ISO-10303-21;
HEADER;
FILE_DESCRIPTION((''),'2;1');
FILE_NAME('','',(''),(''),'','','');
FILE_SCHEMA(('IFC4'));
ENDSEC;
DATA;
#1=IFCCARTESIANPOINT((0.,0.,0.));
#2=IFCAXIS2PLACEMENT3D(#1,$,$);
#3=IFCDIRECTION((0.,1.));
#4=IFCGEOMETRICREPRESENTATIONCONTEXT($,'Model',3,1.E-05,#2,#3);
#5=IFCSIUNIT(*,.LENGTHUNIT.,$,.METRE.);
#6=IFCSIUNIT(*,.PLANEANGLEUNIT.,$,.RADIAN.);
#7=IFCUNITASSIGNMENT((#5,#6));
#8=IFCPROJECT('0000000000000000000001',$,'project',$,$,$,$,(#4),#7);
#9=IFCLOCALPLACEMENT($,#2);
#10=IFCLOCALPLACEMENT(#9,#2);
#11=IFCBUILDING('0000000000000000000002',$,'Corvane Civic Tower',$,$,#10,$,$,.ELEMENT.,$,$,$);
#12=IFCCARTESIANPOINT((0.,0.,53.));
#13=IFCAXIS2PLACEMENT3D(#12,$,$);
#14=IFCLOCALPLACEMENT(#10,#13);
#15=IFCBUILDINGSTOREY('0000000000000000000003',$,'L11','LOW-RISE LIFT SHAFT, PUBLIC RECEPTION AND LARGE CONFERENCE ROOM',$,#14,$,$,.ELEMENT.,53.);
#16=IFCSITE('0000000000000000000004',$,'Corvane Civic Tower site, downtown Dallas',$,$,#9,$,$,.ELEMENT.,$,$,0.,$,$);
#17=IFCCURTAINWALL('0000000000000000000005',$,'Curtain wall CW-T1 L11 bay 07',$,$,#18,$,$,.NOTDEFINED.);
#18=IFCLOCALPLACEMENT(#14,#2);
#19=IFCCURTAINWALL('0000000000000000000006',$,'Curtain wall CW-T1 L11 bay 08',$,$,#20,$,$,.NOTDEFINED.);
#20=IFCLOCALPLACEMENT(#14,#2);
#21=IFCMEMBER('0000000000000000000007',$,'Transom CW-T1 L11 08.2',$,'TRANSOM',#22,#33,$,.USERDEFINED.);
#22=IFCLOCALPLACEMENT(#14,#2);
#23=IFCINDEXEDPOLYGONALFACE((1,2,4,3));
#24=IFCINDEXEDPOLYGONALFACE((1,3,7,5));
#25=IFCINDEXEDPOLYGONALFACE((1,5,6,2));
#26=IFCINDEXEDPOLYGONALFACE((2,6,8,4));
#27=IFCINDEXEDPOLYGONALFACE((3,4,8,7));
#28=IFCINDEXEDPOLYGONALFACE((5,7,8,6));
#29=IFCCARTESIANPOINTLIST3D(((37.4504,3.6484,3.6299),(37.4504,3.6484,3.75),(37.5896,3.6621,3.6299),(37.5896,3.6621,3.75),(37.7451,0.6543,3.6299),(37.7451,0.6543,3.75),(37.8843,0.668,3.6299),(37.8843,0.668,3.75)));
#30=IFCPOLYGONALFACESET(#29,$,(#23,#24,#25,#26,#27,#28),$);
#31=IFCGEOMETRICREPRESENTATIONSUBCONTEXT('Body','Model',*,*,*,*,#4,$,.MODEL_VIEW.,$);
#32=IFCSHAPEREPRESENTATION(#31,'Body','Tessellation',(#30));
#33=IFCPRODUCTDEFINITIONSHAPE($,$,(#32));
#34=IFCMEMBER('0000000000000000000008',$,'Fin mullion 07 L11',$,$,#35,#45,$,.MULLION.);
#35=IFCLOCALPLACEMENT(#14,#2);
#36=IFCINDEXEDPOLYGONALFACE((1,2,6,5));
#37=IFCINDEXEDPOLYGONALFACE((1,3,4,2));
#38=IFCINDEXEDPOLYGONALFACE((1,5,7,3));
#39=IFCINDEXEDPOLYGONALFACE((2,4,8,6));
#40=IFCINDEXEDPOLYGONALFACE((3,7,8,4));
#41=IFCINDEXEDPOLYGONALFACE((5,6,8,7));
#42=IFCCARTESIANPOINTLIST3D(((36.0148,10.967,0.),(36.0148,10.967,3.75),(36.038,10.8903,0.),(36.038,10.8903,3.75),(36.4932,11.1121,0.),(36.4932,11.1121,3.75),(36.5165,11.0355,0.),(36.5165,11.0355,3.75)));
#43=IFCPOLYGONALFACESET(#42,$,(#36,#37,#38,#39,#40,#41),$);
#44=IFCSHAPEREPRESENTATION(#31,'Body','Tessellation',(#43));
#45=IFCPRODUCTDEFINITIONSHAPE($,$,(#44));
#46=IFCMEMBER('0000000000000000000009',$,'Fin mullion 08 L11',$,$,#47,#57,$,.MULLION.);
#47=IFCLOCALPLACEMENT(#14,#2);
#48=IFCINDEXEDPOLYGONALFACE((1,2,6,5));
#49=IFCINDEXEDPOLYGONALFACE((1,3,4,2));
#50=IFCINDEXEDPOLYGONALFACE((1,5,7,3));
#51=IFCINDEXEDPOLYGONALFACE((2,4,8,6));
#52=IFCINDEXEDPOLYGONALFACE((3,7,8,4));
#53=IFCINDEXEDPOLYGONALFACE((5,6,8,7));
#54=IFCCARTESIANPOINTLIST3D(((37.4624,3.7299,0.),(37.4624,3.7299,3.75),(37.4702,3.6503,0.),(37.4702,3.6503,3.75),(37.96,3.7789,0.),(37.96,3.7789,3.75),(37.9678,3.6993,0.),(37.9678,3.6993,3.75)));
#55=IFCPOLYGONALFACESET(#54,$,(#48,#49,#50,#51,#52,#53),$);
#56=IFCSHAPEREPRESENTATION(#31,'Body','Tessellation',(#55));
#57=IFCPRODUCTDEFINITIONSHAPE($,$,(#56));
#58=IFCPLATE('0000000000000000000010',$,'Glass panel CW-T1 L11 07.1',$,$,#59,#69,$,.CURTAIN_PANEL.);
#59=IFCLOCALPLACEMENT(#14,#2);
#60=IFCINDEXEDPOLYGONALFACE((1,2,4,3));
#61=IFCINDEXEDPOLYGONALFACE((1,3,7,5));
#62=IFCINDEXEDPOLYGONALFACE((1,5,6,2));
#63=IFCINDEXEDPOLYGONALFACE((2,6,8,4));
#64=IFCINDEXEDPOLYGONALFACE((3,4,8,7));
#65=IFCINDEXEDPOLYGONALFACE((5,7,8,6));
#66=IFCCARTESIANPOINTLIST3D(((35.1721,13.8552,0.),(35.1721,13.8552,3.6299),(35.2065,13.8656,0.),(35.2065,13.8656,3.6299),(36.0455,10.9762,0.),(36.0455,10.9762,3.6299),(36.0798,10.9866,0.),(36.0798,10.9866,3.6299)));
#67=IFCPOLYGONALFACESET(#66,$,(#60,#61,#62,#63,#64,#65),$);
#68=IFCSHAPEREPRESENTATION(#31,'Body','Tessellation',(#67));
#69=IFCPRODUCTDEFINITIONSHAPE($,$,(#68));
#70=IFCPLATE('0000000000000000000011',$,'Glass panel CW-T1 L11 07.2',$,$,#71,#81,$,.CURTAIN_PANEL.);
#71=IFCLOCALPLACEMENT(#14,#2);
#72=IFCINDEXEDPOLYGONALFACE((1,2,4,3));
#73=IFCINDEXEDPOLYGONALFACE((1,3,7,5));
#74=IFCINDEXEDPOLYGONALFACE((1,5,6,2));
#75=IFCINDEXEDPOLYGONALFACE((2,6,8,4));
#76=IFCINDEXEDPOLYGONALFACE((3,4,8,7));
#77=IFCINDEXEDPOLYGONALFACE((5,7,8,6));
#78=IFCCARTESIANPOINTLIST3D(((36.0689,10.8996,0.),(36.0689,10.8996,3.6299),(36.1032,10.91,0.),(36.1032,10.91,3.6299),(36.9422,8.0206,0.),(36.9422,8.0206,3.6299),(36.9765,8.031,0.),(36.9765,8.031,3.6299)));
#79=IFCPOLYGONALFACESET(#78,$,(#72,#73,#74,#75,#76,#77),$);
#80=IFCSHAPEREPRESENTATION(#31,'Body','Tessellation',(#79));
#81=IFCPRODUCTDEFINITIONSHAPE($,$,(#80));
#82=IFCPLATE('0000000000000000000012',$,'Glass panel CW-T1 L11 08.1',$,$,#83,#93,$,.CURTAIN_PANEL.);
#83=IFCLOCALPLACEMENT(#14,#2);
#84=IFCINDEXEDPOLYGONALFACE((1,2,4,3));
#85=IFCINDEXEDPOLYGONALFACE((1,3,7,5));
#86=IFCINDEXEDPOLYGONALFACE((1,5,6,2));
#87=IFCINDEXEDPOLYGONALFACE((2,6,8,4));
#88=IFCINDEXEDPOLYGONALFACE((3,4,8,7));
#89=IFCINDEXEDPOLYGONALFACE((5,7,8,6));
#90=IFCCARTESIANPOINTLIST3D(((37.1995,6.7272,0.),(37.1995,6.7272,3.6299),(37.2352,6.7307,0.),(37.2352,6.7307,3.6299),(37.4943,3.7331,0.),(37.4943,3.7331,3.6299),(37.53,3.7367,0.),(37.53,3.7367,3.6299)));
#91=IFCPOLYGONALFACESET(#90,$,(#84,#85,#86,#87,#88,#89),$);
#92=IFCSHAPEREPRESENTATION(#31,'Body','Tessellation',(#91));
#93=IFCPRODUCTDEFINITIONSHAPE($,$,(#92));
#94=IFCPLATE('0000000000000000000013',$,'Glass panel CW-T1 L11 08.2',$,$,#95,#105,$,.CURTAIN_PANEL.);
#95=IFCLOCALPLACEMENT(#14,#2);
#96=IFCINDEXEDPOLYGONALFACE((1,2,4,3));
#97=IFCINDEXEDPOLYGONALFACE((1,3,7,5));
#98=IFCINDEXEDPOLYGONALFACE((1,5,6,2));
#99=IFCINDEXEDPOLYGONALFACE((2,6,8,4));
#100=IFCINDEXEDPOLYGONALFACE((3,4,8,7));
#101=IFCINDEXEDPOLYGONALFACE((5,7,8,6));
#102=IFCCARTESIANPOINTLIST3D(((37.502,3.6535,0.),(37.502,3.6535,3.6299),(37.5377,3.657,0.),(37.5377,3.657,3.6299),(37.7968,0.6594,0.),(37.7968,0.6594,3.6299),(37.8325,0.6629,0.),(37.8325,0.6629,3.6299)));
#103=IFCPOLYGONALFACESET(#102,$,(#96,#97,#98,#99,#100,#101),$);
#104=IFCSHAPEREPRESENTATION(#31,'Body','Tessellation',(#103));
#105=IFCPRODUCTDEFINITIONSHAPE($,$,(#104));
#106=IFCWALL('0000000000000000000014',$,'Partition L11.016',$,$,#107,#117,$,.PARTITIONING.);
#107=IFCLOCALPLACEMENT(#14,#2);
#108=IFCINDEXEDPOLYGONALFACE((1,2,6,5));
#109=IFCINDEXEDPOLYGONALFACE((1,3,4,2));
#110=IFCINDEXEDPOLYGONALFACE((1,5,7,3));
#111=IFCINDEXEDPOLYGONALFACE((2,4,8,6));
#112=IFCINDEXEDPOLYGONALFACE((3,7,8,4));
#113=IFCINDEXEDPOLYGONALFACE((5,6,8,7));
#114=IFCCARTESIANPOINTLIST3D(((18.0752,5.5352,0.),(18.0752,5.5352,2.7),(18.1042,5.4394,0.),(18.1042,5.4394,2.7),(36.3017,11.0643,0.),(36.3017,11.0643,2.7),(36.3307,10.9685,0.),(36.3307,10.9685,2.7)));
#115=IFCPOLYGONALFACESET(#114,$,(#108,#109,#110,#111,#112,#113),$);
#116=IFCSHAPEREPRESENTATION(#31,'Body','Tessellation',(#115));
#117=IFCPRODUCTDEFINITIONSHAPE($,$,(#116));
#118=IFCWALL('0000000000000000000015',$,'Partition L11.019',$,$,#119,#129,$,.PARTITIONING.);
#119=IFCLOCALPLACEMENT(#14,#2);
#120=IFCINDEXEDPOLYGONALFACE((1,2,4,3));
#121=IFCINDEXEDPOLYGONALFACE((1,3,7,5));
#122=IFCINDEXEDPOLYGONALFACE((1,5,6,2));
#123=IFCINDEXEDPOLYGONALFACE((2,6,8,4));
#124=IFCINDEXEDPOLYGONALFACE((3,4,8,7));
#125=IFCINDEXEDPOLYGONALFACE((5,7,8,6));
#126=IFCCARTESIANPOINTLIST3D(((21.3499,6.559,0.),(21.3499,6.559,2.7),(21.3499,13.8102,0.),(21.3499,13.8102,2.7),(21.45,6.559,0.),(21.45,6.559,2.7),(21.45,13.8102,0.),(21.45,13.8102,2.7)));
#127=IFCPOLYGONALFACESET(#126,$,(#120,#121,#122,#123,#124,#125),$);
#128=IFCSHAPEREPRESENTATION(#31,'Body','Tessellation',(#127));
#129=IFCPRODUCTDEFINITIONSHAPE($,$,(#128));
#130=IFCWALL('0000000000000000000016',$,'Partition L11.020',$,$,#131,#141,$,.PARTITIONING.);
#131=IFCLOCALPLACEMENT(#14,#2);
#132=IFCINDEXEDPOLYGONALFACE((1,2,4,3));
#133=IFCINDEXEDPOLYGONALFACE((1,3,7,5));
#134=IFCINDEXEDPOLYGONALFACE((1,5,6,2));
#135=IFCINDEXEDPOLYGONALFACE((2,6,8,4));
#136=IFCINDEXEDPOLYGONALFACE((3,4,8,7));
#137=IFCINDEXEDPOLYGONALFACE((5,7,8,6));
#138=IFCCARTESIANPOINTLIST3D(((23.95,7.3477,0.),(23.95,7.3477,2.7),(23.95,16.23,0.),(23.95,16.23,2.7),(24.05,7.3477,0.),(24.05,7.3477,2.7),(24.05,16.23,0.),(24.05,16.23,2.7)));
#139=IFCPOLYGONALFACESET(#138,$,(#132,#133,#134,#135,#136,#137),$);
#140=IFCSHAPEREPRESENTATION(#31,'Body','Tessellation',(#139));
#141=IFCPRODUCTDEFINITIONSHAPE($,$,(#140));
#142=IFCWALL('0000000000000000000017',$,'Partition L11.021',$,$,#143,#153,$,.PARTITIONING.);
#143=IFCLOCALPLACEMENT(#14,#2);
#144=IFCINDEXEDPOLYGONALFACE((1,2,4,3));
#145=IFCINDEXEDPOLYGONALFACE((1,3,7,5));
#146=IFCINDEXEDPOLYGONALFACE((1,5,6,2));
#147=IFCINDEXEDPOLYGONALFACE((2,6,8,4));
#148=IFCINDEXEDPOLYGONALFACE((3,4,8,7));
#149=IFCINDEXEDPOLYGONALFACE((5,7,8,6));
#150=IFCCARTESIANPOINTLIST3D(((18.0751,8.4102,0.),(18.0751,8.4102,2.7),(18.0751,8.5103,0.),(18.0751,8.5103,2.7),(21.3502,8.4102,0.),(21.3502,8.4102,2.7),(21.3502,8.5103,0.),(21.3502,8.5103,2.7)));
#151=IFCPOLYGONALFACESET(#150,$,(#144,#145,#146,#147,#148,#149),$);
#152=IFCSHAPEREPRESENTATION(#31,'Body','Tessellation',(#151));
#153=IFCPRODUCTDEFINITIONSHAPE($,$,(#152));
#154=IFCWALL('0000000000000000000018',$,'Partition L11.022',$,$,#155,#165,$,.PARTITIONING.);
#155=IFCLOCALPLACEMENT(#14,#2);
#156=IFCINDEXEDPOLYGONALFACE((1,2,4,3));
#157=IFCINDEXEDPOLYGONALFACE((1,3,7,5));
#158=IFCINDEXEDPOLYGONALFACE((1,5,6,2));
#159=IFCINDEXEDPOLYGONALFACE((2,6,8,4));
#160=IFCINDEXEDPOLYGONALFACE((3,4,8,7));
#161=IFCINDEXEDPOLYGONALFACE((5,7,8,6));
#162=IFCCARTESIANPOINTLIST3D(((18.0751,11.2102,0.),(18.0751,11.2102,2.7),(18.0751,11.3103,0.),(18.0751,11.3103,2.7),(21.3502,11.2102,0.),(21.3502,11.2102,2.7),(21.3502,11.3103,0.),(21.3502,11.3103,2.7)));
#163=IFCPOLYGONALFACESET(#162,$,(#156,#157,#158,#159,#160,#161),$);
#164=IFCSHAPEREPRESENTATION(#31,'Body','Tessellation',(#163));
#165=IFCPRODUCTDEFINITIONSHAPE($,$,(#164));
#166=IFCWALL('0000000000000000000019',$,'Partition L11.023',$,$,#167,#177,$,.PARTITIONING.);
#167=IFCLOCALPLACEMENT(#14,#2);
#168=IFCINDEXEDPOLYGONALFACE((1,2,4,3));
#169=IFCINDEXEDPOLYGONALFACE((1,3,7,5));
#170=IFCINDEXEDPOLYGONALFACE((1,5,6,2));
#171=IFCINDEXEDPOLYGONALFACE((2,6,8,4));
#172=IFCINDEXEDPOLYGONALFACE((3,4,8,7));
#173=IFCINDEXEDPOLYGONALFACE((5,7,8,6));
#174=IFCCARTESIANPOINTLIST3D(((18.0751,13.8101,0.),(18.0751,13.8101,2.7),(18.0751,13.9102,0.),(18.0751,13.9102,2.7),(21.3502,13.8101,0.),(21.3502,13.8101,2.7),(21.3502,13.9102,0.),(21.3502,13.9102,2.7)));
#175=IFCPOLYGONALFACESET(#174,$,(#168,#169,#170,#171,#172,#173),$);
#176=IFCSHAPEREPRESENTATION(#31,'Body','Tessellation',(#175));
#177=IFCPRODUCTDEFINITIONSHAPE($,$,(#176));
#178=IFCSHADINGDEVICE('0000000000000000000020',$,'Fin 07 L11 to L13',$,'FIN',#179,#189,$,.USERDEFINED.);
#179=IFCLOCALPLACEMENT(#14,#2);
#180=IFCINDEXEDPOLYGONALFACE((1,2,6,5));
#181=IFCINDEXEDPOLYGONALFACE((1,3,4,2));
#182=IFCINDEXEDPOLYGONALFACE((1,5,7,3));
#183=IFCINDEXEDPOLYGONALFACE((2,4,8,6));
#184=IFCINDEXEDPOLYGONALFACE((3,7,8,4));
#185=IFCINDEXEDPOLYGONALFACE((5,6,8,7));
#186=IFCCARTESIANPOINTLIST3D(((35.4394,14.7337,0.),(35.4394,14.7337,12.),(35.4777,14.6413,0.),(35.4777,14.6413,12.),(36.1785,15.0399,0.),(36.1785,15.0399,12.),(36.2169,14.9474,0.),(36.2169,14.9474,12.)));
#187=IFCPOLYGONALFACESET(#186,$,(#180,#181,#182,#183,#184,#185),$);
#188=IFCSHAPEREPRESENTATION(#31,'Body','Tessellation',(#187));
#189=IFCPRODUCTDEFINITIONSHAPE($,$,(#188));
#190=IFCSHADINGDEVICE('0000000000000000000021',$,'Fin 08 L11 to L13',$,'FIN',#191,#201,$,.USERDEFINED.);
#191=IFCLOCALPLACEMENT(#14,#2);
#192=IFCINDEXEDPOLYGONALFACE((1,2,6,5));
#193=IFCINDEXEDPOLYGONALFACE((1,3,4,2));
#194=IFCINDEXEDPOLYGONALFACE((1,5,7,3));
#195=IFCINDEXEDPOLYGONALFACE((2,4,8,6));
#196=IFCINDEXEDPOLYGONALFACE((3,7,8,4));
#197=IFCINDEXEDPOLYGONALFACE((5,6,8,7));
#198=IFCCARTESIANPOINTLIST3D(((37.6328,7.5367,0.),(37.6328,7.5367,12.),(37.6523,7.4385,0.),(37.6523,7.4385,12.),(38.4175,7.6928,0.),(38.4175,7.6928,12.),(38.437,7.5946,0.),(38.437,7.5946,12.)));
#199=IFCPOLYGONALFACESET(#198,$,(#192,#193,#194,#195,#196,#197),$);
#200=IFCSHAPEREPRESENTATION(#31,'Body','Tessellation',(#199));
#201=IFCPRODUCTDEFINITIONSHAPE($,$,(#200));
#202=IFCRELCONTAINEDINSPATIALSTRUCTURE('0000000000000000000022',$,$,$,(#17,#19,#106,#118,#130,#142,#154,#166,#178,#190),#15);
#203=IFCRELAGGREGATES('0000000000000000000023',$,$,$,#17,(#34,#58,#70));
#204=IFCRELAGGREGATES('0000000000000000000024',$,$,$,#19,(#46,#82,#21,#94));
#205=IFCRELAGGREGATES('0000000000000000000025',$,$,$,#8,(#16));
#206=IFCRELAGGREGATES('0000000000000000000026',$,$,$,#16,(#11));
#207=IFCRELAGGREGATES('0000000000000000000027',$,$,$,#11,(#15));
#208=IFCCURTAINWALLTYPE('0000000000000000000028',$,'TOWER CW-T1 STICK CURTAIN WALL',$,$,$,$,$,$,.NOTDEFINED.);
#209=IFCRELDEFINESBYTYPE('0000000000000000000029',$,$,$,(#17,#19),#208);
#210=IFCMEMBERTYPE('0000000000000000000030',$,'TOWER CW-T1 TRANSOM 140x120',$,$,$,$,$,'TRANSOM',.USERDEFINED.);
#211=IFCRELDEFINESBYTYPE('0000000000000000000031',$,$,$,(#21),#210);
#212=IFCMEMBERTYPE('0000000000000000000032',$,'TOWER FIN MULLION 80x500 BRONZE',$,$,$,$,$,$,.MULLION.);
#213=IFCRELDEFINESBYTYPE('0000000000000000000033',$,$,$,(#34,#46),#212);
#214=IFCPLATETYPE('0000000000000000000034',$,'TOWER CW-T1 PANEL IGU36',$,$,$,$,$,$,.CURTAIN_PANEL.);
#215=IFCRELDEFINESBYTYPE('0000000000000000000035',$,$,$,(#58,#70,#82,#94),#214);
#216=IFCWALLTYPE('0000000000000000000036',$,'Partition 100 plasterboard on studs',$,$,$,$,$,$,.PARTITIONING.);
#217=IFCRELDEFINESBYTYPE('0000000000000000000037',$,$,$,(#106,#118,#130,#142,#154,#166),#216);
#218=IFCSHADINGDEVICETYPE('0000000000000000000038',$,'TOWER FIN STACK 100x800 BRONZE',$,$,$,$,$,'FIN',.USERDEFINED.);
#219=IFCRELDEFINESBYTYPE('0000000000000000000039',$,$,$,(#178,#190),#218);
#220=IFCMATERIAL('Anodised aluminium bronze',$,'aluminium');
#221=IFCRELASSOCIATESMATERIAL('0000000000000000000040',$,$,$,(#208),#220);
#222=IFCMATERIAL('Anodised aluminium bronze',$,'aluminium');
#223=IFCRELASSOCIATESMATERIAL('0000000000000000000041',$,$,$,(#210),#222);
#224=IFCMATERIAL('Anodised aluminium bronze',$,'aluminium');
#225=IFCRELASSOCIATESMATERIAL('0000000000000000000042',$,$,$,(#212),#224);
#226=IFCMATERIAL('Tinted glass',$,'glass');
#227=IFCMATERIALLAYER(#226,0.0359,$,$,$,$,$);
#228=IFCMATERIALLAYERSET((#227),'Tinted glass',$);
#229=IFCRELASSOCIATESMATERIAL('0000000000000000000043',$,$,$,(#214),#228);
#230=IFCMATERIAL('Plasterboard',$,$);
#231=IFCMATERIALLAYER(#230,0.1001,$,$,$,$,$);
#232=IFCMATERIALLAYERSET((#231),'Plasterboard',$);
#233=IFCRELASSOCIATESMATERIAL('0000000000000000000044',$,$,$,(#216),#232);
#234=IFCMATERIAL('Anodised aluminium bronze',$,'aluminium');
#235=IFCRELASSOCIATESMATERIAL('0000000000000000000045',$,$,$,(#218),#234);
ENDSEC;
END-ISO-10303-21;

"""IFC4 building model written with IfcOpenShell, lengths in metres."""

from ifc_helpers import new_model, si_unit, direction, frame, frame_2d, origin, origin_2d, place, context, subcontext, project, spatial, rectangle, extrude, material, layer, layer_set, material_profile, profile_set, type_object, element, aggregate, save


model = new_model("IFC4")

# Units and contexts
model_context = context("Model", 3, precision=1e-05, world=origin(), true_north=direction((0.0, 1.0)))
body_context = subcontext(model_context, "Body", "Model", "MODEL_VIEW")
ifc_project = project(units=[si_unit("LENGTHUNIT", "METRE"), si_unit("PLANEANGLEUNIT", "RADIAN")], contexts=[model_context])

# Site, building, storey
site_placement = place(None, origin())
site = spatial("IfcSite", under=ifc_project, at=site_placement, Name="Corvane Civic Tower site, downtown Dallas", CompositionType="ELEMENT", RefElevation=0.0)
building_placement = place(site_placement, origin())
building = spatial("IfcBuilding", under=site, at=building_placement, Name="Corvane Civic Tower", CompositionType="ELEMENT")
storey_placement = place(building_placement, frame((0.0, 0.0, 53.0)))
storey = spatial("IfcBuildingStorey", under=building, at=storey_placement, Name="L11", Description="LOW-RISE LIFT SHAFT, PUBLIC RECEPTION AND LARGE CONFERENCE ROOM", CompositionType="ELEMENT", Elevation=53.0)

# Curtain walls, member
ifc_material_1 = material(Name="Anodised aluminium bronze", Category="aluminium")
curtain_wall_type = type_object("IfcCurtainWallType", Name="TOWER CW-T1 STICK CURTAIN WALL", PredefinedType="NOTDEFINED", material=ifc_material_1)
curtain_wall_1_placement = place(storey_placement, origin())
curtain_wall_1 = element("IfcCurtainWall", 1, at=curtain_wall_1_placement, inside=storey, type_object=curtain_wall_type, Name="Curtain wall CW-T1 L11 bay 07", PredefinedType="NOTDEFINED")
ifc_material_2 = material(Name="Anodised aluminium bronze", Category="aluminium")
ifc_material_profile_1 = material_profile(ifc_material_2, rectangle(XDim=0.1399, YDim=0.1201, at=origin_2d()), Name="TOWER CW-T1 TRANSOM 140x120")
ifc_profile_set_1 = profile_set([ifc_material_profile_1], Name="Anodised aluminium bronze")
member_type_1 = type_object("IfcMemberType", Name="TOWER CW-T1 TRANSOM 140x120", ElementType="TRANSOM", PredefinedType="USERDEFINED", material=ifc_profile_set_1)
curtain_wall_2_placement = place(storey_placement, origin())
curtain_wall_2 = element("IfcCurtainWall", 2, at=curtain_wall_2_placement, inside=storey, type_object=curtain_wall_type, Name="Curtain wall CW-T1 L11 bay 08", PredefinedType="NOTDEFINED")
member_1_placement = place(storey_placement, frame((37.52, 3.6553, 3.6899), z_axis=(0.097945, -0.995192, 0.0), x_axis=(0.995192, 0.097945, 0.0)))
member_1 = element("IfcMember", 3, at=member_1_placement, type_object=member_type_1, Name="Transom CW-T1 L11 08.2", ObjectType="TRANSOM", PredefinedType="USERDEFINED", context=body_context, shape_type="SweptSolid", body=[
    extrude(rectangle(XDim=0.1399, YDim=0.1201, at=origin_2d()), origin(), (0.0, 0.0, 1.0), 3.0085),
])

# Members
ifc_material_3 = material(Name="Anodised aluminium bronze", Category="aluminium")
ifc_material_profile_2 = material_profile(ifc_material_3, rectangle(XDim=0.0801, YDim=0.5, at=origin_2d()), Name="TOWER FIN MULLION 80x500 BRONZE")
ifc_profile_set_2 = profile_set([ifc_material_profile_2], Name="Anodised aluminium bronze")
member_type_2 = type_object("IfcMemberType", Name="TOWER FIN MULLION 80x500 BRONZE", PredefinedType="MULLION", material=ifc_profile_set_2)
member_2_placement = place(storey_placement, frame((36.2656, 11.0012, 0.0), z_axis=(0.0, 0.0, 1.0), x_axis=(0.290278, -0.956942, 0.0)))
member_2 = element("IfcMember", 4, at=member_2_placement, type_object=member_type_2, Name="Fin mullion 07 L11", PredefinedType="MULLION", context=body_context, shape_type="SweptSolid", body=[
    extrude(rectangle(XDim=0.0801, YDim=0.5, at=origin_2d()), origin(), (0.0, 0.0, 1.0), 3.75),
])
member_3_placement = place(storey_placement, frame((37.7151, 3.7146, 0.0), z_axis=(0.0, 0.0, 1.0), x_axis=(0.098006, -0.995186, 0.0)))
member_3 = element("IfcMember", 5, at=member_3_placement, type_object=member_type_2, Name="Fin mullion 08 L11", PredefinedType="MULLION", context=body_context, shape_type="SweptSolid", body=[
    extrude(rectangle(XDim=0.0801, YDim=0.5, at=origin_2d()), origin(), (0.0, 0.0, 1.0), 3.75),
])

# Plates
ifc_material_4 = material(Name="Tinted glass", Category="glass")
ifc_layer_1 = layer(ifc_material_4, 0.0359)
ifc_layer_set_1 = layer_set([ifc_layer_1], Name="Tinted glass")
plate_type = type_object("IfcPlateType", Name="TOWER CW-T1 PANEL IGU36", PredefinedType="CURTAIN_PANEL", material=ifc_layer_set_1)
plate_1_placement = place(storey_placement, frame((35.626, 12.4209, 0.0), z_axis=(0.0, 0.0, 1.0), x_axis=(0.290278, -0.956942, 0.0)))
plate_1 = element("IfcPlate", 6, at=plate_1_placement, type_object=plate_type, Name="Glass panel CW-T1 L11 07.1", PredefinedType="CURTAIN_PANEL", context=body_context, shape_type="SweptSolid", body=[
    extrude(rectangle(XDim=3.0085, YDim=0.0359, at=origin_2d()), origin(), (0.0, 0.0, 1.0), 3.6299),
])
plate_2_placement = place(storey_placement, frame((36.5227, 9.4653, 0.0), z_axis=(0.0, 0.0, 1.0), x_axis=(0.290278, -0.956942, 0.0)))
plate_2 = element("IfcPlate", 7, at=plate_2_placement, type_object=plate_type, Name="Glass panel CW-T1 L11 07.2", PredefinedType="CURTAIN_PANEL", context=body_context, shape_type="SweptSolid", body=[
    extrude(rectangle(XDim=3.0085, YDim=0.0359, at=origin_2d()), origin(), (0.0, 0.0, 1.0), 3.6299),
])
aggregate(curtain_wall_1, [member_2, plate_1, plate_2])
plate_3_placement = place(storey_placement, frame((37.3647, 5.2319, 0.0), z_axis=(0.0, 0.0, 1.0), x_axis=(0.098006, -0.995186, 0.0)))
plate_3 = element("IfcPlate", 8, at=plate_3_placement, type_object=plate_type, Name="Glass panel CW-T1 L11 08.1", PredefinedType="CURTAIN_PANEL", context=body_context, shape_type="SweptSolid", body=[
    extrude(rectangle(XDim=3.0085, YDim=0.0359, at=origin_2d()), origin(), (0.0, 0.0, 1.0), 3.6299),
])
plate_4_placement = place(storey_placement, frame((37.6672, 2.1582, 0.0), z_axis=(0.0, 0.0, 1.0), x_axis=(0.098006, -0.995186, 0.0)))
plate_4 = element("IfcPlate", 9, at=plate_4_placement, type_object=plate_type, Name="Glass panel CW-T1 L11 08.2", PredefinedType="CURTAIN_PANEL", context=body_context, shape_type="SweptSolid", body=[
    extrude(rectangle(XDim=3.0085, YDim=0.0359, at=origin_2d()), origin(), (0.0, 0.0, 1.0), 3.6299),
])
aggregate(curtain_wall_2, [member_3, plate_3, member_1, plate_4])

# Walls
ifc_material_5 = material(Name="Plasterboard")
ifc_layer_2 = layer(ifc_material_5, 0.1001)
ifc_layer_set_2 = layer_set([ifc_layer_2], Name="Plasterboard")
wall_type = type_object("IfcWallType", Name="Partition 100 plasterboard on studs", PredefinedType="PARTITIONING", material=ifc_layer_set_2)
wall_1_placement = place(storey_placement, frame((18.0896, 5.4873, 0.0), z_axis=(0.0, 0.0, 1.0), x_axis=(0.956939, 0.290289, 0.0)))
element("IfcWall", 10, at=wall_1_placement, inside=storey, type_object=wall_type, Name="Partition L11.016", PredefinedType="PARTITIONING", context=body_context, shape_type="SweptSolid", body=[
    extrude(rectangle(XDim=19.0466, YDim=0.1001, at=frame_2d((9.5234, 0.0))), origin(), (0.0, 0.0, 1.0), 2.7),
])
wall_2_placement = place(storey_placement, frame((21.3999, 6.5591, 0.0), z_axis=(0.0, 0.0, 1.0), x_axis=(0.0, 1.0, 0.0)))
element("IfcWall", 11, at=wall_2_placement, inside=storey, type_object=wall_type, Name="Partition L11.019", PredefinedType="PARTITIONING", context=body_context, shape_type="SweptSolid", body=[
    extrude(rectangle(XDim=7.2512, YDim=0.1001, at=frame_2d((3.6255, 0.0))), origin(), (0.0, 0.0, 1.0), 2.7),
])
wall_3_placement = place(storey_placement, frame((24.0, 7.3477, 0.0), z_axis=(0.0, 0.0, 1.0), x_axis=(0.0, 1.0, 0.0)))
element("IfcWall", 12, at=wall_3_placement, inside=storey, type_object=wall_type, Name="Partition L11.020", PredefinedType="PARTITIONING", context=body_context, shape_type="SweptSolid", body=[
    extrude(rectangle(XDim=8.8823, YDim=0.1001, at=frame_2d((4.4412, 0.0))), origin(), (0.0, 0.0, 1.0), 2.7),
])
for number, where, z_axis, x_axis, name in (
    (13, (18.075, 8.4602, 0.0), (0.0, 0.0, 1.0), (1.0, 0.0, 0.0), "Partition L11.021"),
    (14, (18.075, 11.2603, 0.0), (0.0, 0.0, 1.0), (1.0, 0.0, 0.0), "Partition L11.022"),
    (15, (18.075, 13.8601, 0.0), (0.0, 0.0, 1.0), (1.0, 0.0, 0.0), "Partition L11.023"),
):
    element("IfcWall", number, at=place(storey_placement, frame(where, z_axis=z_axis, x_axis=x_axis)), inside=storey, type_object=wall_type, Name=name, PredefinedType="PARTITIONING", context=body_context, shape_type="SweptSolid", body=[
        extrude(rectangle(XDim=3.2751, YDim=0.1001, at=frame_2d((1.6377, 0.0))), origin(), (0.0, 0.0, 1.0), 2.7),
    ])

# Shading devices
ifc_material_6 = material(Name="Anodised aluminium bronze", Category="aluminium")
ifc_material_profile_3 = material_profile(ifc_material_6, rectangle(XDim=0.1001, YDim=0.8, at=origin_2d()), Name="TOWER FIN STACK 100x800 BRONZE")
ifc_profile_set_3 = profile_set([ifc_material_profile_3], Name="Anodised aluminium bronze")
shading_device_type = type_object("IfcShadingDeviceType", Name="TOWER FIN STACK 100x800 BRONZE", ElementType="FIN", PredefinedType="USERDEFINED", material=ifc_profile_set_3)
for number, where, z_axis, x_axis, name in (
    (16, (35.8281, 14.8406, 0.0), (0.0, 0.0, 1.0), (0.382683, -0.92388, 0.0), "Fin 07 L11 to L13"),
    (17, (38.0349, 7.5657, 0.0), (0.0, 0.0, 1.0), (0.19509, -0.980785, 0.0), "Fin 08 L11 to L13"),
):
    element("IfcShadingDevice", number, at=place(storey_placement, frame(where, z_axis=z_axis, x_axis=x_axis)), inside=storey, type_object=shading_device_type, Name=name, ObjectType="FIN", PredefinedType="USERDEFINED", context=body_context, shape_type="SweptSolid", body=[
        extrude(rectangle(XDim=0.1001, YDim=0.8, at=origin_2d()), origin(), (0.0, 0.0, 1.0), 12.0),
    ])

save(model, "model.ifc")
